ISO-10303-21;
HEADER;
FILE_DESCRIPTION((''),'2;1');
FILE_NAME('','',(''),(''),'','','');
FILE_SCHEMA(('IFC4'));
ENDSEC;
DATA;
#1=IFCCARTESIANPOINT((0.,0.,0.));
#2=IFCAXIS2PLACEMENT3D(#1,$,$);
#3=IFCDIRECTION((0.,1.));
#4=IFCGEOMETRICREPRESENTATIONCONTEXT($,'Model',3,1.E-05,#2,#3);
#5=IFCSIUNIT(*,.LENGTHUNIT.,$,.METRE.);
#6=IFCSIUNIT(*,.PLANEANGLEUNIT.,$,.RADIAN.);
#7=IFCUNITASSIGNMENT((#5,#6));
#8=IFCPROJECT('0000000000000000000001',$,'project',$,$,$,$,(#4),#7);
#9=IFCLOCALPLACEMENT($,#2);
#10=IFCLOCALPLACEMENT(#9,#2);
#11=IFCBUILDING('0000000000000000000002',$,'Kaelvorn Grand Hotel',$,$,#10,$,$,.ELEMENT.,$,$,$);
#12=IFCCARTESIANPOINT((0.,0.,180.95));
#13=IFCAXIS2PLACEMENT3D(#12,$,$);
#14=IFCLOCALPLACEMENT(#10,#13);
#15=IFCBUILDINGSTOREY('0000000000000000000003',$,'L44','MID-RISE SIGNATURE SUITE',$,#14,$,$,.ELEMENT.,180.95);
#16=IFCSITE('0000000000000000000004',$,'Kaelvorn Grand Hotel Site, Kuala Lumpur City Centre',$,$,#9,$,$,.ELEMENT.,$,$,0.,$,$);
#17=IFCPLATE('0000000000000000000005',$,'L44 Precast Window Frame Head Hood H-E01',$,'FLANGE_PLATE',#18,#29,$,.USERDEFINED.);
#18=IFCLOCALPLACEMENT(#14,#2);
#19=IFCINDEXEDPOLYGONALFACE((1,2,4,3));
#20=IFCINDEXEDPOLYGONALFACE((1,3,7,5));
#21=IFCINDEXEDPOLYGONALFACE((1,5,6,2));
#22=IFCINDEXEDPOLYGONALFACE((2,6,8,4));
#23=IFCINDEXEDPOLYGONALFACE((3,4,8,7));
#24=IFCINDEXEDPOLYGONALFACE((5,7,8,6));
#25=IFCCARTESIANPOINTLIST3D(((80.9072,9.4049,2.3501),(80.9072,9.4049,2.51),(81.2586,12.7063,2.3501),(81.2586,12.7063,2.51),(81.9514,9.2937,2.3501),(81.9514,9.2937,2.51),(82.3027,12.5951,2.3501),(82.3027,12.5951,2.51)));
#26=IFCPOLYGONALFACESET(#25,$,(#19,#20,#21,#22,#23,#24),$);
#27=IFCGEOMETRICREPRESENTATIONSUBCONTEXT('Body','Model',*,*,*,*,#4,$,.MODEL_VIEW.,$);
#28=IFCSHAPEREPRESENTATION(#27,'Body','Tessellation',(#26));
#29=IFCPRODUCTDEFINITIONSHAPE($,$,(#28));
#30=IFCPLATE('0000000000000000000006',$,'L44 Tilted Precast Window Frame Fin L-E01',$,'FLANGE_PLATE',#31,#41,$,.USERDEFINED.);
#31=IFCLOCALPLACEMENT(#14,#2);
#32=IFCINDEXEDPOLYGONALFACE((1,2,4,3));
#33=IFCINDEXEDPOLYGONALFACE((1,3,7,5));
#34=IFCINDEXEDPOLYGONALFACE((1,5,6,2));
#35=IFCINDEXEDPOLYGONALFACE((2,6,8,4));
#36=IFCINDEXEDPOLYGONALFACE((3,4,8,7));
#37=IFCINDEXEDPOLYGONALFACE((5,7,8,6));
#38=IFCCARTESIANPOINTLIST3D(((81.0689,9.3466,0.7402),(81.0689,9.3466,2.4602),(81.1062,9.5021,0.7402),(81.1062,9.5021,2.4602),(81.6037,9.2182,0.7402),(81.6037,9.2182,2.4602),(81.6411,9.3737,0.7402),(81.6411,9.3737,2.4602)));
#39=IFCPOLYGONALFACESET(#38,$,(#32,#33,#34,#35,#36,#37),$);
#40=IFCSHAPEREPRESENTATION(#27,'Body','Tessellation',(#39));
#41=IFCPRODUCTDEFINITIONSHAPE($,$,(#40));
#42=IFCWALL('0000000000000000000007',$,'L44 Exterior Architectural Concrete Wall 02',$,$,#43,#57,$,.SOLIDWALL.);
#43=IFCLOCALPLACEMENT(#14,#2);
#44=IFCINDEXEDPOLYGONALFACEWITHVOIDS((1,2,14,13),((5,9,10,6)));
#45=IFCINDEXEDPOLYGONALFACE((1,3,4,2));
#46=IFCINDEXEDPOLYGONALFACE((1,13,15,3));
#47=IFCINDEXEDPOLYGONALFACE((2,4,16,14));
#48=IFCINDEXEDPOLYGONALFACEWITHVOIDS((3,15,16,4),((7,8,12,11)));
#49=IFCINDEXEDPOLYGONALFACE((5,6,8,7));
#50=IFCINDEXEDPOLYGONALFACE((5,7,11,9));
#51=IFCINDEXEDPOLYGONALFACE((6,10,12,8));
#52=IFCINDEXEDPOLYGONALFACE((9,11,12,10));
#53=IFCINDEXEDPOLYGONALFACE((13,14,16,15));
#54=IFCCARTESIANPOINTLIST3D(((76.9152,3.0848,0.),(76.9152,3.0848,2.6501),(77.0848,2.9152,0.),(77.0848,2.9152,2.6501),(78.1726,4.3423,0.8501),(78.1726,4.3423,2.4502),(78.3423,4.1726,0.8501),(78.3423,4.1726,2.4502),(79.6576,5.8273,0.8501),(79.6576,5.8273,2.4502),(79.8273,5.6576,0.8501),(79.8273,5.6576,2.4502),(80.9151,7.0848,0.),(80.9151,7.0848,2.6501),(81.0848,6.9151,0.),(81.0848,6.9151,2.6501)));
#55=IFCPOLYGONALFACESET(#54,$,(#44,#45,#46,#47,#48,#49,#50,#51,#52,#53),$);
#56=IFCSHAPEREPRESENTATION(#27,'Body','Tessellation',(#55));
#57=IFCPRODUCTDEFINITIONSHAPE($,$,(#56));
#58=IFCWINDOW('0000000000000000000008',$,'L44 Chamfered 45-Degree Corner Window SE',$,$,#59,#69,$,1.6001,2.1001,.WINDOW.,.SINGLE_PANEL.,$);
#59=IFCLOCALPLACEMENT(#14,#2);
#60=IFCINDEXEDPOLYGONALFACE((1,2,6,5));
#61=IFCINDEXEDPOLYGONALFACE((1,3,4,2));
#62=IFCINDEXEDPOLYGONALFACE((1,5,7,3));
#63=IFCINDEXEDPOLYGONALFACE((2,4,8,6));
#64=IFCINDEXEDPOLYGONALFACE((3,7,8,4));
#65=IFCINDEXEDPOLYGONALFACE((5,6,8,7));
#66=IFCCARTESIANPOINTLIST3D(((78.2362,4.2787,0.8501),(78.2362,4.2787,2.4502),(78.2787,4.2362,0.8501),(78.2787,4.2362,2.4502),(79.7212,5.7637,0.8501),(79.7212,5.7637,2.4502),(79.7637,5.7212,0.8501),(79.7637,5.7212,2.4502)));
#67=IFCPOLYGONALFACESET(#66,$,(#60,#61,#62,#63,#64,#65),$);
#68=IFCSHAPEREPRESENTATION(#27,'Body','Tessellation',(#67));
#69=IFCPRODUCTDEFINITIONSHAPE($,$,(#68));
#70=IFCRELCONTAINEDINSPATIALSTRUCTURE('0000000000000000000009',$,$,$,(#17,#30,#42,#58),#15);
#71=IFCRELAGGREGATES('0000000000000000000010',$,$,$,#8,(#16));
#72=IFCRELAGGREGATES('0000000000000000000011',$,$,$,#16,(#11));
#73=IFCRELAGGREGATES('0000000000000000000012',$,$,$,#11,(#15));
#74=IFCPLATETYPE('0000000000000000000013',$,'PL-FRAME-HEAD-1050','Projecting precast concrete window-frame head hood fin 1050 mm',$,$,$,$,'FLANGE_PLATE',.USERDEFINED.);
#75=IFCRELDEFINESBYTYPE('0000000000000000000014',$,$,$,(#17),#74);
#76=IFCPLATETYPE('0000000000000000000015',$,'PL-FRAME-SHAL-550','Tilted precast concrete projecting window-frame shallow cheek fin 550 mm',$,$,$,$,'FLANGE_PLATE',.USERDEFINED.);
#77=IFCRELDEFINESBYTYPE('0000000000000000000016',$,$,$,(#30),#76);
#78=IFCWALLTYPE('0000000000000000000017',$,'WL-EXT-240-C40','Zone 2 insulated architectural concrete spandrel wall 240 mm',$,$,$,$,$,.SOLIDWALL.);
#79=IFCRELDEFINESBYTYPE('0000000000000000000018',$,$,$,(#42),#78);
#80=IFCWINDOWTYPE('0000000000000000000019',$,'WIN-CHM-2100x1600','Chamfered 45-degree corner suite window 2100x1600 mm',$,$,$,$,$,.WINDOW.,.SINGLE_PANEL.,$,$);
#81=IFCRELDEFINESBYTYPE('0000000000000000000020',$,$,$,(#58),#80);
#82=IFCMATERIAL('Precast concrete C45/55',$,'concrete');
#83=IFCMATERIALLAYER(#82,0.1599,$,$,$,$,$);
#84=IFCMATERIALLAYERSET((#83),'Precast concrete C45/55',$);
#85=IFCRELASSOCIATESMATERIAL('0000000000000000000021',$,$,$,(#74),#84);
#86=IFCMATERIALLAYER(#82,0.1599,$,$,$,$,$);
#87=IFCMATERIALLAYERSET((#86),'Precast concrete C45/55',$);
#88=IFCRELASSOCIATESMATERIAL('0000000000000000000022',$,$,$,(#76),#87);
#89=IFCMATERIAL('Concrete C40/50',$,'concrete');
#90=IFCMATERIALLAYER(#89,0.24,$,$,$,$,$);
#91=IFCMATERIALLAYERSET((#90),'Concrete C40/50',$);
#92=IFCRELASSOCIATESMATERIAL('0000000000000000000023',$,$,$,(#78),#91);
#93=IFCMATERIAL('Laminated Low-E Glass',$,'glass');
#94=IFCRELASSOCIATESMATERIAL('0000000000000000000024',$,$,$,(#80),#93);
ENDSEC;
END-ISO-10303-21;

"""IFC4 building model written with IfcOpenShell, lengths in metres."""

from ifc_helpers import new_model, si_unit, direction, frame, frame_2d, origin, origin_2d, place, context, subcontext, project, spatial, rectangle, extrude, material, layer, layer_set, type_object, element, fill, save


model = new_model("IFC4")

# Units and contexts
model_context = context("Model", 3, precision=1e-05, world=origin(), true_north=direction((0.0, 1.0)))
body_context = subcontext(model_context, "Body", "Model", "MODEL_VIEW")
ifc_project = project(units=[si_unit("LENGTHUNIT", "METRE"), si_unit("PLANEANGLEUNIT", "RADIAN")], contexts=[model_context])

# Site, building, storey
site_placement = place(None, origin())
site = spatial("IfcSite", under=ifc_project, at=site_placement, Name="Kaelvorn Grand Hotel Site, Kuala Lumpur City Centre", CompositionType="ELEMENT", RefElevation=0.0)
building_placement = place(site_placement, origin())
building = spatial("IfcBuilding", under=site, at=building_placement, Name="Kaelvorn Grand Hotel", CompositionType="ELEMENT")
storey_placement = place(building_placement, frame((0.0, 0.0, 180.95)))
storey = spatial("IfcBuildingStorey", under=building, at=storey_placement, Name="L44", Description="MID-RISE SIGNATURE SUITE", CompositionType="ELEMENT", Elevation=180.95)

# Plates
ifc_material_1 = material(Name="Precast concrete C45/55", Category="concrete")
ifc_layer_1 = layer(ifc_material_1, 0.1599)
ifc_layer_set_1 = layer_set([ifc_layer_1], Name="Precast concrete C45/55")
plate_type_1 = type_object("IfcPlateType", Name="PL-FRAME-HEAD-1050", Description="Projecting precast concrete window-frame head hood fin 1050 mm", ElementType="FLANGE_PLATE", PredefinedType="USERDEFINED", material=ifc_layer_set_1)
plate_1_placement = place(storey_placement, frame((81.605, 11.0, 2.3501), z_axis=(0.0, 0.0, 1.0), x_axis=(0.10583, 0.994384, 0.0)))
element("IfcPlate", 1, at=plate_1_placement, inside=storey, type_object=plate_type_1, Name="L44 Precast Window Frame Head Hood H-E01", ObjectType="FLANGE_PLATE", PredefinedType="USERDEFINED", context=body_context, shape_type="SweptSolid", body=[
    extrude(rectangle(XDim=3.3201, YDim=1.05, at=origin_2d()), origin(), (0.0, 0.0, 1.0), 0.1599),
])
ifc_layer_2 = layer(ifc_material_1, 0.1599)
ifc_layer_set_2 = layer_set([ifc_layer_2], Name="Precast concrete C45/55")
plate_type_2 = type_object("IfcPlateType", Name="PL-FRAME-SHAL-550", Description="Tilted precast concrete projecting window-frame shallow cheek fin 550 mm", ElementType="FLANGE_PLATE", PredefinedType="USERDEFINED", material=ifc_layer_set_2)
plate_2_placement = place(storey_placement, frame((81.355, 9.3601, 0.7402), z_axis=(0.0, 0.0, 1.0), x_axis=(0.233445, 0.97237, 0.0)))
element("IfcPlate", 2, at=plate_2_placement, inside=storey, type_object=plate_type_2, Name="L44 Tilted Precast Window Frame Fin L-E01", ObjectType="FLANGE_PLATE", PredefinedType="USERDEFINED", context=body_context, shape_type="SweptSolid", body=[
    extrude(rectangle(XDim=0.1599, YDim=0.55, at=origin_2d()), origin(), (0.0, 0.0, 1.0), 1.72),
])

# Wall, opening, window
ifc_material_2 = material(Name="Concrete C40/50", Category="concrete")
ifc_layer_3 = layer(ifc_material_2, 0.24)
ifc_layer_set_3 = layer_set([ifc_layer_3], Name="Concrete C40/50")
wall_type_1 = type_object("IfcWallType", Name="WL-EXT-240-C40", Description="Zone 2 insulated architectural concrete spandrel wall 240 mm", PredefinedType="SOLIDWALL", material=ifc_layer_set_3)
wall_1_placement = place(storey_placement, frame((77.0, 3.0, 0.0), z_axis=(0.0, 0.0, 1.0), x_axis=(0.707107, 0.707107, 0.0)))
wall_1 = element("IfcWall", 3, at=wall_1_placement, inside=storey, type_object=wall_type_1, Name="L44 Exterior Architectural Concrete Wall 02", PredefinedType="SOLIDWALL", context=body_context, shape_type="SweptSolid", body=[
    extrude(rectangle(XDim=5.6567, YDim=0.24, at=frame_2d((2.8284, 0.0))), origin(), (0.0, 0.0, 1.0), 2.6501),
])
opening_1_placement = place(wall_1_placement, frame((1.7783, 0.0, 0.8501)))
opening_1 = element("IfcOpeningElement", 4, at=opening_1_placement, cuts=wall_1, PredefinedType="OPENING", context=body_context, shape_type="SweptSolid", body=[
    extrude(rectangle(XDim=2.1001, YDim=1.6001, at=frame_2d((1.05, 0.8))), frame((0.0, 0.1299, 0.0), z_axis=(0.0, -1.0, 0.0), x_axis=(1.0, 0.0, 0.0)), (0.0, 0.0, 1.0), 0.26),
])
ifc_material_3 = material(Name="Laminated Low-E Glass", Category="glass")
window_type_1 = type_object("IfcWindowType", Name="WIN-CHM-2100x1600", Description="Chamfered 45-degree corner suite window 2100x1600 mm", PartitioningType="SINGLE_PANEL", PredefinedType="WINDOW", material=ifc_material_3)
window_1_placement = place(opening_1_placement, origin())
window_1 = element("IfcWindow", 5, at=window_1_placement, inside=storey, type_object=window_type_1, Name="L44 Chamfered 45-Degree Corner Window SE", OverallHeight=1.6001, OverallWidth=2.1001, PartitioningType="SINGLE_PANEL", PredefinedType="WINDOW", context=body_context, shape_type="SweptSolid", body=[
    extrude(rectangle(XDim=2.1001, YDim=1.6001, at=frame_2d((1.05, 0.8))), frame((0.0, 0.03, 0.0), z_axis=(0.0, -1.0, 0.0), x_axis=(1.0, 0.0, 0.0)), (0.0, 0.0, 1.0), 0.0601),
])
fill(opening_1, window_1)

save(model, "model.ifc")
